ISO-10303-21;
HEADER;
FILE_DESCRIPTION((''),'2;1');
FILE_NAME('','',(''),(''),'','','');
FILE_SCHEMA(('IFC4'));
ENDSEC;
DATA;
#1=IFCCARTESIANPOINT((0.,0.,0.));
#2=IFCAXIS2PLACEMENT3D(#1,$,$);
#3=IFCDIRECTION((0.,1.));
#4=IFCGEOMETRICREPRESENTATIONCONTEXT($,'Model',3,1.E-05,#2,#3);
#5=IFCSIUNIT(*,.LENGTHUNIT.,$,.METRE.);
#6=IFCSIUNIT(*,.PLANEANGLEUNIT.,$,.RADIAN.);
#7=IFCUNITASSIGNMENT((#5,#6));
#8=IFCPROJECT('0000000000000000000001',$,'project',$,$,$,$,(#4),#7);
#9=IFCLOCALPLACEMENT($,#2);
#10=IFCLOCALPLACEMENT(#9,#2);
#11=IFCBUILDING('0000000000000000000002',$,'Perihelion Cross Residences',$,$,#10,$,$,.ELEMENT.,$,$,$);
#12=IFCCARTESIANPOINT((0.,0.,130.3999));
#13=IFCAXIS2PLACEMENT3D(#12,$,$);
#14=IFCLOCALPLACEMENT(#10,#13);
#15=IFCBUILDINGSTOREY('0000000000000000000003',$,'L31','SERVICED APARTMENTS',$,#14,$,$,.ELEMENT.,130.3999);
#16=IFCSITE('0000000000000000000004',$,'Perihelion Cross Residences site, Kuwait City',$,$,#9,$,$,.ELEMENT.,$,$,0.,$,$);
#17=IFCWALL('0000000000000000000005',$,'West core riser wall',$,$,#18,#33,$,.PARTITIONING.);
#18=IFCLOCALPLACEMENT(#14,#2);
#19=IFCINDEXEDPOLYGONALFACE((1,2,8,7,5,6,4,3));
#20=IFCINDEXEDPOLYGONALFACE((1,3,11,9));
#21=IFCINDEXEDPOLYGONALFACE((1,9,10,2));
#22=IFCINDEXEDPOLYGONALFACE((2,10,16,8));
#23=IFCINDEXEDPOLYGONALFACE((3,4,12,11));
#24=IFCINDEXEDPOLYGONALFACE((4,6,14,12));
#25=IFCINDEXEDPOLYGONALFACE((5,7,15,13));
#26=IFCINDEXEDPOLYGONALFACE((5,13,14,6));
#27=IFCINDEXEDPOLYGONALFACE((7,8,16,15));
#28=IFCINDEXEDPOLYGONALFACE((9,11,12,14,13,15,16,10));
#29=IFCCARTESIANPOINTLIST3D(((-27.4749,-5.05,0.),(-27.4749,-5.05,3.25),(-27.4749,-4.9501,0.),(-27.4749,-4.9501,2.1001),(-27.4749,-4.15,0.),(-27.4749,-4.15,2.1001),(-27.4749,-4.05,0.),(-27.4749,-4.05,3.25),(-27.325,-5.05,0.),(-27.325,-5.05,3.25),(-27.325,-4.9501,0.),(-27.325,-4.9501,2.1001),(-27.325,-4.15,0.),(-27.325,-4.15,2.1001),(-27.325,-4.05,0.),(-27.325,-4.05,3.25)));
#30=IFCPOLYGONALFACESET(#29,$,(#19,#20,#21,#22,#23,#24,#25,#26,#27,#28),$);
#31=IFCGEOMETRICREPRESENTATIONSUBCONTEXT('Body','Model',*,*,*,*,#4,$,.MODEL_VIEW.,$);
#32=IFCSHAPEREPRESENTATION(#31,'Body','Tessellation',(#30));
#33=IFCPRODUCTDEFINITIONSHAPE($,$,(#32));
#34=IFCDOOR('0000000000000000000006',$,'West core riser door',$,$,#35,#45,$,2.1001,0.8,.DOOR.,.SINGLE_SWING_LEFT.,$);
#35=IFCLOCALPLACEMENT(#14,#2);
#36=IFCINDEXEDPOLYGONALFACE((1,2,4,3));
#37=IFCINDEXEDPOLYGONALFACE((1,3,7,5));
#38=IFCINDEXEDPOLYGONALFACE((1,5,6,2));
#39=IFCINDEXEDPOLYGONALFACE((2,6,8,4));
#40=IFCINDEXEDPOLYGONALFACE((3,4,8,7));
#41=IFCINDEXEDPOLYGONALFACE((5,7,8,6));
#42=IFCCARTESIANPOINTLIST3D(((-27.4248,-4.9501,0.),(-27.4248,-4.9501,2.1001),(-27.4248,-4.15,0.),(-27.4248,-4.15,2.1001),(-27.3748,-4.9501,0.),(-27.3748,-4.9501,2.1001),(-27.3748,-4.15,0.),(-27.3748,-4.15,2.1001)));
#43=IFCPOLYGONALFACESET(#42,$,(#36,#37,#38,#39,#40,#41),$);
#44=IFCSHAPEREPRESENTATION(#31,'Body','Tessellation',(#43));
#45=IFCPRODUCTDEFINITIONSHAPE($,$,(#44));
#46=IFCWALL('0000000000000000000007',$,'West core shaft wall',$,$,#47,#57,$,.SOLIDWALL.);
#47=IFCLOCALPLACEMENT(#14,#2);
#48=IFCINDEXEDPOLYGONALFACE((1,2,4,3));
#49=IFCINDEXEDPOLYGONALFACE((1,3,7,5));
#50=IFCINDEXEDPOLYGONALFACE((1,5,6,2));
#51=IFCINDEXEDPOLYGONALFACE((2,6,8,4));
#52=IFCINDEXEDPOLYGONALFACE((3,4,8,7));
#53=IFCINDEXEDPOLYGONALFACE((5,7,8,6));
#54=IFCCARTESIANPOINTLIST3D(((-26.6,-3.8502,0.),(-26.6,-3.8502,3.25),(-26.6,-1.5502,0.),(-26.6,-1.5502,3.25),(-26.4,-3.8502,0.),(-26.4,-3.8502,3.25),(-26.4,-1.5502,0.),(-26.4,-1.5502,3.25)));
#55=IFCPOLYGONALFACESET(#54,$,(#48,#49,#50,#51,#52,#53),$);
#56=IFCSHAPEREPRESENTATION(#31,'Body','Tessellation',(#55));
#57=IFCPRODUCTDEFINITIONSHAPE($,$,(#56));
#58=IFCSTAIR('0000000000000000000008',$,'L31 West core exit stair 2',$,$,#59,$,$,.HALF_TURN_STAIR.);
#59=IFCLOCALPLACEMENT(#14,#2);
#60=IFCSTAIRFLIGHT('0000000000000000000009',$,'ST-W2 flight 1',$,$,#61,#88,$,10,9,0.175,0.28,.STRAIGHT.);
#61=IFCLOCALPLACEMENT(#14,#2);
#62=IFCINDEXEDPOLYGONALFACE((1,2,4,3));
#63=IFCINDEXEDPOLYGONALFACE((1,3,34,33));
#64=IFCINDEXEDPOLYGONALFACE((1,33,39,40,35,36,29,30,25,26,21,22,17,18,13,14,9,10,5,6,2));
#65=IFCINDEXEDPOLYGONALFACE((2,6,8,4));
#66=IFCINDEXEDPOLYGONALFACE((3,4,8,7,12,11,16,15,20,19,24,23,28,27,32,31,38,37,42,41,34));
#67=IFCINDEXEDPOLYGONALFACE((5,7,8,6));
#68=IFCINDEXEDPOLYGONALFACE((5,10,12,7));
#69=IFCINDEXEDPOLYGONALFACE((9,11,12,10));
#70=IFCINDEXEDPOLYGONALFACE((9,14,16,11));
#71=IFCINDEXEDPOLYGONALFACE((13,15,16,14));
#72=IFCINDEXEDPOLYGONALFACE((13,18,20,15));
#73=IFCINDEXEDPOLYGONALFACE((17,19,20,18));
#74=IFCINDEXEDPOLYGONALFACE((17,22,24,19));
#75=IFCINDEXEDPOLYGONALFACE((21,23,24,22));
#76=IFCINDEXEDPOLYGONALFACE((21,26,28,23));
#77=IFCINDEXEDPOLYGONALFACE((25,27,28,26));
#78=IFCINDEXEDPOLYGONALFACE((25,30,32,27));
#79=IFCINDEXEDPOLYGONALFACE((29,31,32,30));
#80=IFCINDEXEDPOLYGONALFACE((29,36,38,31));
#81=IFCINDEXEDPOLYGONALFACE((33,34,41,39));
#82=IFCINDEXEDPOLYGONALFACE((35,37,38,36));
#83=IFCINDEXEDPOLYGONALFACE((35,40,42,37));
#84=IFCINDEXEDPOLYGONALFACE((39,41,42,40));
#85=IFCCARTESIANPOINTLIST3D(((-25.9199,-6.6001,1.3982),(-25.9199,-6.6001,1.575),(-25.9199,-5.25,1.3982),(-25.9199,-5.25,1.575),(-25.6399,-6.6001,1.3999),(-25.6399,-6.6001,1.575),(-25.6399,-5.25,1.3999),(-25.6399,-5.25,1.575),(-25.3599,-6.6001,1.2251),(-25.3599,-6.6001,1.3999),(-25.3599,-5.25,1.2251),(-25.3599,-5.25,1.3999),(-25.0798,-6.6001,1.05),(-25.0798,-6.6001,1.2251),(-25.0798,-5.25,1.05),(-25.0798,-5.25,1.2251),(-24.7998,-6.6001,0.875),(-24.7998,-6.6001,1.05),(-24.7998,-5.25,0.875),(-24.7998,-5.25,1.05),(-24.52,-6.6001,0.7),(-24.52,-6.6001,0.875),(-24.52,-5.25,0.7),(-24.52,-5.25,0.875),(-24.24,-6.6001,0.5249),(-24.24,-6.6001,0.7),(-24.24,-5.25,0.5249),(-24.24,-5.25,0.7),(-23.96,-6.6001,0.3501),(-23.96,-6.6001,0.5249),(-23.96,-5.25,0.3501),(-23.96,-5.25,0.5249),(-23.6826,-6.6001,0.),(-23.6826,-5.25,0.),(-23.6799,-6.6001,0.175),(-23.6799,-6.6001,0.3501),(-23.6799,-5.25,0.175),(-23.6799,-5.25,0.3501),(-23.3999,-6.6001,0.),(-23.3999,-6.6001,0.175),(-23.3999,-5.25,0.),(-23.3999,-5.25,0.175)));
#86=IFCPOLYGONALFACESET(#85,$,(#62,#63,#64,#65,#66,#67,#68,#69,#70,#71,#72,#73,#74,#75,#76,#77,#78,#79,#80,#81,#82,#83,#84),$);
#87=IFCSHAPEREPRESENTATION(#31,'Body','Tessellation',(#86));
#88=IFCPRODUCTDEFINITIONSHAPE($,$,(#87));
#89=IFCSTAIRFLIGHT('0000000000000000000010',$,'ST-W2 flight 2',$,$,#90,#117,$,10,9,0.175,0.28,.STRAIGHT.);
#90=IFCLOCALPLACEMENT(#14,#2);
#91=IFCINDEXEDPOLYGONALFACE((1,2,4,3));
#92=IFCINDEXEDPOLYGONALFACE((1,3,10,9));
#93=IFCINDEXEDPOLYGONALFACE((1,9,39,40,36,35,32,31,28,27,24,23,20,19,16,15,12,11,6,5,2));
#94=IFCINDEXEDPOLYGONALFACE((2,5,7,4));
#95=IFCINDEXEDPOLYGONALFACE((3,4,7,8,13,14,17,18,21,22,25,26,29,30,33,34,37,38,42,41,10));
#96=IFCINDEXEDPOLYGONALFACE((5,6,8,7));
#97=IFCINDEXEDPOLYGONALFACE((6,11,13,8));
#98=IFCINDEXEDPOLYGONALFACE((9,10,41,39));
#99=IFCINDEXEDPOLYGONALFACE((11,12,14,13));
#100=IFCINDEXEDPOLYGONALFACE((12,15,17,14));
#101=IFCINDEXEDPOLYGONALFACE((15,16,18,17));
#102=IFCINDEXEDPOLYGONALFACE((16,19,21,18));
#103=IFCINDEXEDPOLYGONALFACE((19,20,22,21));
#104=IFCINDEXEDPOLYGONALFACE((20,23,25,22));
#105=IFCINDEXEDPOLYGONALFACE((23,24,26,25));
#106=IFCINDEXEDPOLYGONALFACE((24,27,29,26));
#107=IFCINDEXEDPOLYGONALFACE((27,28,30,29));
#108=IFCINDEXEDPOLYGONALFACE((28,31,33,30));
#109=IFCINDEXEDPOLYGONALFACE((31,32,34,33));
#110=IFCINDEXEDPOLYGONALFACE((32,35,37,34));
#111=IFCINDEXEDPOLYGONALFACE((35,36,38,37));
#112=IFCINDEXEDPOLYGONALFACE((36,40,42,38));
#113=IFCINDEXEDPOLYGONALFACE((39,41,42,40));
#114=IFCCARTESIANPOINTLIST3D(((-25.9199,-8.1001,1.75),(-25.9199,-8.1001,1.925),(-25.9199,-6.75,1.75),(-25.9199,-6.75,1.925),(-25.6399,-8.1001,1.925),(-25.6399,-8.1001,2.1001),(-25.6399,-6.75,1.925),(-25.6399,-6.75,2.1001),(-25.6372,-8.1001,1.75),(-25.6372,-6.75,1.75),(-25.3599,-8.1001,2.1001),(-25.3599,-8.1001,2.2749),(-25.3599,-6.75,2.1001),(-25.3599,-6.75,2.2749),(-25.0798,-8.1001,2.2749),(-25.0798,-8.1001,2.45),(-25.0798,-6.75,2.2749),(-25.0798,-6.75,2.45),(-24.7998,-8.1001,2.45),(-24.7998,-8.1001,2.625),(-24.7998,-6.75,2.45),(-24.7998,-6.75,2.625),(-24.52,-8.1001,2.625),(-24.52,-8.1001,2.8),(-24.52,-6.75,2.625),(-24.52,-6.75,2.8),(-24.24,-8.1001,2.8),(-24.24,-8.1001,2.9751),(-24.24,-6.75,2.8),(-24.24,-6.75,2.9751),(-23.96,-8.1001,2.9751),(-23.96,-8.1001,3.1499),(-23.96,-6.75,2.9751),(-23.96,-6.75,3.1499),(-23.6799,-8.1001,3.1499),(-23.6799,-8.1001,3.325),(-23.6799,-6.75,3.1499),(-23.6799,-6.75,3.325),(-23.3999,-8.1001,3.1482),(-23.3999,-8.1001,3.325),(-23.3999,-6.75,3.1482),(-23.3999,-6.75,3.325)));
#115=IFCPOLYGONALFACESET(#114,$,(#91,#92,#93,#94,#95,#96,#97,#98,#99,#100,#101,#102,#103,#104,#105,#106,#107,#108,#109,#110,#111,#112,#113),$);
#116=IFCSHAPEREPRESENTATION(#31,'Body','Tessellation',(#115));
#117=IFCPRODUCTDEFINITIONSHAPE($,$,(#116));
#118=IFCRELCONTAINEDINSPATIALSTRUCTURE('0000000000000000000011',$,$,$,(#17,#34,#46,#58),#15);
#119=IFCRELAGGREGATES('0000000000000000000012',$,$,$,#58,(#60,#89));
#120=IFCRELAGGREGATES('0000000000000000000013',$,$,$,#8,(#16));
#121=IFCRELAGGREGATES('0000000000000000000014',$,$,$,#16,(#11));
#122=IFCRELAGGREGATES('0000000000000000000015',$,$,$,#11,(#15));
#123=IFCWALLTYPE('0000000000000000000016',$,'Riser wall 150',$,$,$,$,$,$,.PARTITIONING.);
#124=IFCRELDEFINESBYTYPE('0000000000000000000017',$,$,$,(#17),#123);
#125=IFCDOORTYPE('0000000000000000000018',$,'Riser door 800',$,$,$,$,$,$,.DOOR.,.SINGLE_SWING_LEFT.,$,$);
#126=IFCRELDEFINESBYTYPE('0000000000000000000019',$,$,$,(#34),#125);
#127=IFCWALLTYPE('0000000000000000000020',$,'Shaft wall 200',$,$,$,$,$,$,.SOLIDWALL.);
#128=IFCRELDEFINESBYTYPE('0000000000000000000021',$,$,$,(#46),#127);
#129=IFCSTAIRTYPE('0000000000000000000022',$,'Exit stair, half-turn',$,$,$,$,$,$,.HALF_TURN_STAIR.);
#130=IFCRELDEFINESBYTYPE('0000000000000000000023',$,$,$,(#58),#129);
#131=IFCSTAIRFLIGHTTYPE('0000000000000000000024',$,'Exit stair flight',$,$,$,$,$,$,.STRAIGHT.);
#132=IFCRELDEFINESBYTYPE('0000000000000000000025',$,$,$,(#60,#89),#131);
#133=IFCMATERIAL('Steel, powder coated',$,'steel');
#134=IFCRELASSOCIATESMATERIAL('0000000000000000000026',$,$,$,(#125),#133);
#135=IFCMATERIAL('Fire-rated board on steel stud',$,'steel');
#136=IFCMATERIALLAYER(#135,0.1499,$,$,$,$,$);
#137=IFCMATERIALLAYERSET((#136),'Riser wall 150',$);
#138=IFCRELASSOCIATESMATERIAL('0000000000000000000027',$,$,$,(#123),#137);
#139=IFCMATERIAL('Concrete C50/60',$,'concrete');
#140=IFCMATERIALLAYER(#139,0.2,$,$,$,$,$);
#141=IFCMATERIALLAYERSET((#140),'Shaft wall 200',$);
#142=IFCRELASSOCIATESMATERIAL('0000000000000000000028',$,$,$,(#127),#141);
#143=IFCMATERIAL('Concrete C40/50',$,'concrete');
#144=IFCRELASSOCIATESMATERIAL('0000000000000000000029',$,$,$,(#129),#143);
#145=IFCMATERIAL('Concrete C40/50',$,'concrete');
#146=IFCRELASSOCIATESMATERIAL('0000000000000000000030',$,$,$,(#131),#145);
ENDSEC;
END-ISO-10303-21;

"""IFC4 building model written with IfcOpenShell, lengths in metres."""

from ifc_helpers import new_model, si_unit, direction, frame, frame_2d, origin, place, context, subcontext, project, spatial, polyline, rectangle, outline, extrude, material, layer, layer_set, type_object, element, fill, aggregate, save


model = new_model("IFC4")

# Units and contexts
model_context = context("Model", 3, precision=1e-05, world=origin(), true_north=direction((0.0, 1.0)))
body_context = subcontext(model_context, "Body", "Model", "MODEL_VIEW")
ifc_project = project(units=[si_unit("LENGTHUNIT", "METRE"), si_unit("PLANEANGLEUNIT", "RADIAN")], contexts=[model_context])

# Site, building, storey
site_placement = place(None, origin())
site = spatial("IfcSite", under=ifc_project, at=site_placement, Name="Perihelion Cross Residences site, Kuwait City", CompositionType="ELEMENT", RefElevation=0.0)
building_placement = place(site_placement, origin())
building = spatial("IfcBuilding", under=site, at=building_placement, Name="Perihelion Cross Residences", CompositionType="ELEMENT")
storey_placement = place(building_placement, frame((0.0, 0.0, 130.3999)))
storey = spatial("IfcBuildingStorey", under=building, at=storey_placement, Name="L31", Description="SERVICED APARTMENTS", CompositionType="ELEMENT", Elevation=130.3999)

# Wall, opening, door
ifc_material_1 = material(Name="Steel, powder coated", Category="steel")
door_type_1 = type_object("IfcDoorType", Name="Riser door 800", OperationType="SINGLE_SWING_LEFT", PredefinedType="DOOR", material=ifc_material_1)
ifc_material_2 = material(Name="Fire-rated board on steel stud", Category="steel")
ifc_layer_1 = layer(ifc_material_2, 0.1499)
ifc_layer_set_1 = layer_set([ifc_layer_1], Name="Riser wall 150")
wall_type_1 = type_object("IfcWallType", Name="Riser wall 150", PredefinedType="PARTITIONING", material=ifc_layer_set_1)
wall_1_placement = place(storey_placement, frame((-27.3999, -5.05, 0.0), z_axis=(0.0, 0.0, 1.0), x_axis=(0.0, 1.0, 0.0)))
wall_1 = element("IfcWall", 1, at=wall_1_placement, inside=storey, type_object=wall_type_1, Name="West core riser wall", PredefinedType="PARTITIONING", context=body_context, shape_type="SweptSolid", body=[
    extrude(rectangle(XDim=1.0, YDim=0.1499, at=frame_2d((0.5, 0.0))), origin(), (0.0, 0.0, 1.0), 3.25),
])
opening_1_placement = place(wall_1_placement, frame((0.1001, 0.0, 0.0)))
opening_1 = element("IfcOpeningElement", 2, at=opening_1_placement, cuts=wall_1, PredefinedType="OPENING", context=body_context, shape_type="SweptSolid", body=[
    extrude(rectangle(XDim=0.8, YDim=2.1001, at=frame_2d((0.3999, 1.05))), frame((0.0, 0.085, 0.0), z_axis=(0.0, -1.0, 0.0), x_axis=(1.0, 0.0, 0.0)), (0.0, 0.0, 1.0), 0.1699),
])
door_1_placement = place(opening_1_placement, origin())
door_1 = element("IfcDoor", 3, at=door_1_placement, inside=storey, type_object=door_type_1, Name="West core riser door", OperationType="SINGLE_SWING_LEFT", OverallHeight=2.1001, OverallWidth=0.8, PredefinedType="DOOR", context=body_context, shape_type="SweptSolid", body=[
    extrude(rectangle(XDim=0.8, YDim=2.1001, at=frame_2d((0.3999, 1.05))), frame((0.0, 0.0249, 0.0), z_axis=(0.0, -1.0, 0.0), x_axis=(1.0, 0.0, 0.0)), (0.0, 0.0, 1.0), 0.05),
])
fill(opening_1, door_1)

# Wall
ifc_material_3 = material(Name="Concrete C50/60", Category="concrete")
ifc_layer_2 = layer(ifc_material_3, 0.2)
ifc_layer_set_2 = layer_set([ifc_layer_2], Name="Shaft wall 200")
wall_type_2 = type_object("IfcWallType", Name="Shaft wall 200", PredefinedType="SOLIDWALL", material=ifc_layer_set_2)
wall_2_placement = place(storey_placement, frame((-26.5, -3.8501, 0.0), z_axis=(0.0, 0.0, 1.0), x_axis=(0.0, 1.0, 0.0)))
element("IfcWall", 4, at=wall_2_placement, inside=storey, type_object=wall_type_2, Name="West core shaft wall", PredefinedType="SOLIDWALL", context=body_context, shape_type="SweptSolid", body=[
    extrude(rectangle(XDim=2.3, YDim=0.2, at=frame_2d((1.1499, 0.0))), origin(), (0.0, 0.0, 1.0), 3.25),
])

# Stair, stair flights
ifc_material_4 = material(Name="Concrete C40/50", Category="concrete")
stair_type = type_object("IfcStairType", Name="Exit stair, half-turn", PredefinedType="HALF_TURN_STAIR", material=ifc_material_4)
stair_placement = place(storey_placement, origin())
stair = element("IfcStair", 5, at=stair_placement, inside=storey, type_object=stair_type, Name="L31 West core exit stair 2", PredefinedType="HALF_TURN_STAIR")
ifc_material_5 = material(Name="Concrete C40/50", Category="concrete")
stair_flight_type = type_object("IfcStairFlightType", Name="Exit stair flight", PredefinedType="STRAIGHT", material=ifc_material_5)
stair_flight_1_placement = place(storey_placement, frame((-23.3999, -5.925, 0.0), z_axis=(0.0, 0.0, 1.0), x_axis=(-1.0, 0.0, 0.0)))
stair_flight_1 = element("IfcStairFlight", 6, at=stair_flight_1_placement, type_object=stair_flight_type, Name="ST-W2 flight 1", NumberOfRisers=10, NumberOfTreads=9, PredefinedType="STRAIGHT", RiserHeight=0.175, TreadLength=0.28, context=body_context, shape_type="SweptSolid", body=[
    extrude(outline(polyline([(0.0, 0.0), (0.0, 0.175), (0.28, 0.175), (0.28, 0.3501), (0.5601, 0.3501), (0.5601, 0.5249), (0.8401, 0.5249), (0.8401, 0.7), (1.1201, 0.7), (1.1201, 0.875), (1.3999, 0.875), (1.3999, 1.05), (1.6799, 1.05), (1.6799, 1.2251), (1.96, 1.2251), (1.96, 1.3999), (2.24, 1.3999), (2.24, 1.575), (2.52, 1.575), (2.52, 1.75), (2.52, 1.3982), (0.2827, 0.0), (0.0, 0.0)])), frame((0.0, 0.675, 0.0), z_axis=(0.0, -1.0, 0.0), x_axis=(1.0, 0.0, 0.0)), (0.0, 0.0, 1.0), 1.3501),
])
stair_flight_2_placement = place(storey_placement, frame((-25.9199, -7.425, 1.75), z_axis=(0.0, 0.0, 1.0), x_axis=(1.0, 0.0, 0.0)))
stair_flight_2 = element("IfcStairFlight", 7, at=stair_flight_2_placement, type_object=stair_flight_type, Name="ST-W2 flight 2", NumberOfRisers=10, NumberOfTreads=9, PredefinedType="STRAIGHT", RiserHeight=0.175, TreadLength=0.28, context=body_context, shape_type="SweptSolid", body=[
    extrude(outline(polyline([(0.0, 0.0), (0.0, 0.175), (0.28, 0.175), (0.28, 0.3501), (0.5601, 0.3501), (0.5601, 0.5249), (0.8401, 0.5249), (0.8401, 0.7), (1.1201, 0.7), (1.1201, 0.875), (1.3999, 0.875), (1.3999, 1.05), (1.6799, 1.05), (1.6799, 1.2251), (1.96, 1.2251), (1.96, 1.3999), (2.24, 1.3999), (2.24, 1.575), (2.52, 1.575), (2.52, 1.75), (2.52, 1.3982), (0.2827, 0.0), (0.0, 0.0)])), frame((0.0, 0.675, 0.0), z_axis=(0.0, -1.0, 0.0), x_axis=(1.0, 0.0, 0.0)), (0.0, 0.0, 1.0), 1.3501),
])
aggregate(stair, [stair_flight_1, stair_flight_2])

save(model, "model.ifc")
